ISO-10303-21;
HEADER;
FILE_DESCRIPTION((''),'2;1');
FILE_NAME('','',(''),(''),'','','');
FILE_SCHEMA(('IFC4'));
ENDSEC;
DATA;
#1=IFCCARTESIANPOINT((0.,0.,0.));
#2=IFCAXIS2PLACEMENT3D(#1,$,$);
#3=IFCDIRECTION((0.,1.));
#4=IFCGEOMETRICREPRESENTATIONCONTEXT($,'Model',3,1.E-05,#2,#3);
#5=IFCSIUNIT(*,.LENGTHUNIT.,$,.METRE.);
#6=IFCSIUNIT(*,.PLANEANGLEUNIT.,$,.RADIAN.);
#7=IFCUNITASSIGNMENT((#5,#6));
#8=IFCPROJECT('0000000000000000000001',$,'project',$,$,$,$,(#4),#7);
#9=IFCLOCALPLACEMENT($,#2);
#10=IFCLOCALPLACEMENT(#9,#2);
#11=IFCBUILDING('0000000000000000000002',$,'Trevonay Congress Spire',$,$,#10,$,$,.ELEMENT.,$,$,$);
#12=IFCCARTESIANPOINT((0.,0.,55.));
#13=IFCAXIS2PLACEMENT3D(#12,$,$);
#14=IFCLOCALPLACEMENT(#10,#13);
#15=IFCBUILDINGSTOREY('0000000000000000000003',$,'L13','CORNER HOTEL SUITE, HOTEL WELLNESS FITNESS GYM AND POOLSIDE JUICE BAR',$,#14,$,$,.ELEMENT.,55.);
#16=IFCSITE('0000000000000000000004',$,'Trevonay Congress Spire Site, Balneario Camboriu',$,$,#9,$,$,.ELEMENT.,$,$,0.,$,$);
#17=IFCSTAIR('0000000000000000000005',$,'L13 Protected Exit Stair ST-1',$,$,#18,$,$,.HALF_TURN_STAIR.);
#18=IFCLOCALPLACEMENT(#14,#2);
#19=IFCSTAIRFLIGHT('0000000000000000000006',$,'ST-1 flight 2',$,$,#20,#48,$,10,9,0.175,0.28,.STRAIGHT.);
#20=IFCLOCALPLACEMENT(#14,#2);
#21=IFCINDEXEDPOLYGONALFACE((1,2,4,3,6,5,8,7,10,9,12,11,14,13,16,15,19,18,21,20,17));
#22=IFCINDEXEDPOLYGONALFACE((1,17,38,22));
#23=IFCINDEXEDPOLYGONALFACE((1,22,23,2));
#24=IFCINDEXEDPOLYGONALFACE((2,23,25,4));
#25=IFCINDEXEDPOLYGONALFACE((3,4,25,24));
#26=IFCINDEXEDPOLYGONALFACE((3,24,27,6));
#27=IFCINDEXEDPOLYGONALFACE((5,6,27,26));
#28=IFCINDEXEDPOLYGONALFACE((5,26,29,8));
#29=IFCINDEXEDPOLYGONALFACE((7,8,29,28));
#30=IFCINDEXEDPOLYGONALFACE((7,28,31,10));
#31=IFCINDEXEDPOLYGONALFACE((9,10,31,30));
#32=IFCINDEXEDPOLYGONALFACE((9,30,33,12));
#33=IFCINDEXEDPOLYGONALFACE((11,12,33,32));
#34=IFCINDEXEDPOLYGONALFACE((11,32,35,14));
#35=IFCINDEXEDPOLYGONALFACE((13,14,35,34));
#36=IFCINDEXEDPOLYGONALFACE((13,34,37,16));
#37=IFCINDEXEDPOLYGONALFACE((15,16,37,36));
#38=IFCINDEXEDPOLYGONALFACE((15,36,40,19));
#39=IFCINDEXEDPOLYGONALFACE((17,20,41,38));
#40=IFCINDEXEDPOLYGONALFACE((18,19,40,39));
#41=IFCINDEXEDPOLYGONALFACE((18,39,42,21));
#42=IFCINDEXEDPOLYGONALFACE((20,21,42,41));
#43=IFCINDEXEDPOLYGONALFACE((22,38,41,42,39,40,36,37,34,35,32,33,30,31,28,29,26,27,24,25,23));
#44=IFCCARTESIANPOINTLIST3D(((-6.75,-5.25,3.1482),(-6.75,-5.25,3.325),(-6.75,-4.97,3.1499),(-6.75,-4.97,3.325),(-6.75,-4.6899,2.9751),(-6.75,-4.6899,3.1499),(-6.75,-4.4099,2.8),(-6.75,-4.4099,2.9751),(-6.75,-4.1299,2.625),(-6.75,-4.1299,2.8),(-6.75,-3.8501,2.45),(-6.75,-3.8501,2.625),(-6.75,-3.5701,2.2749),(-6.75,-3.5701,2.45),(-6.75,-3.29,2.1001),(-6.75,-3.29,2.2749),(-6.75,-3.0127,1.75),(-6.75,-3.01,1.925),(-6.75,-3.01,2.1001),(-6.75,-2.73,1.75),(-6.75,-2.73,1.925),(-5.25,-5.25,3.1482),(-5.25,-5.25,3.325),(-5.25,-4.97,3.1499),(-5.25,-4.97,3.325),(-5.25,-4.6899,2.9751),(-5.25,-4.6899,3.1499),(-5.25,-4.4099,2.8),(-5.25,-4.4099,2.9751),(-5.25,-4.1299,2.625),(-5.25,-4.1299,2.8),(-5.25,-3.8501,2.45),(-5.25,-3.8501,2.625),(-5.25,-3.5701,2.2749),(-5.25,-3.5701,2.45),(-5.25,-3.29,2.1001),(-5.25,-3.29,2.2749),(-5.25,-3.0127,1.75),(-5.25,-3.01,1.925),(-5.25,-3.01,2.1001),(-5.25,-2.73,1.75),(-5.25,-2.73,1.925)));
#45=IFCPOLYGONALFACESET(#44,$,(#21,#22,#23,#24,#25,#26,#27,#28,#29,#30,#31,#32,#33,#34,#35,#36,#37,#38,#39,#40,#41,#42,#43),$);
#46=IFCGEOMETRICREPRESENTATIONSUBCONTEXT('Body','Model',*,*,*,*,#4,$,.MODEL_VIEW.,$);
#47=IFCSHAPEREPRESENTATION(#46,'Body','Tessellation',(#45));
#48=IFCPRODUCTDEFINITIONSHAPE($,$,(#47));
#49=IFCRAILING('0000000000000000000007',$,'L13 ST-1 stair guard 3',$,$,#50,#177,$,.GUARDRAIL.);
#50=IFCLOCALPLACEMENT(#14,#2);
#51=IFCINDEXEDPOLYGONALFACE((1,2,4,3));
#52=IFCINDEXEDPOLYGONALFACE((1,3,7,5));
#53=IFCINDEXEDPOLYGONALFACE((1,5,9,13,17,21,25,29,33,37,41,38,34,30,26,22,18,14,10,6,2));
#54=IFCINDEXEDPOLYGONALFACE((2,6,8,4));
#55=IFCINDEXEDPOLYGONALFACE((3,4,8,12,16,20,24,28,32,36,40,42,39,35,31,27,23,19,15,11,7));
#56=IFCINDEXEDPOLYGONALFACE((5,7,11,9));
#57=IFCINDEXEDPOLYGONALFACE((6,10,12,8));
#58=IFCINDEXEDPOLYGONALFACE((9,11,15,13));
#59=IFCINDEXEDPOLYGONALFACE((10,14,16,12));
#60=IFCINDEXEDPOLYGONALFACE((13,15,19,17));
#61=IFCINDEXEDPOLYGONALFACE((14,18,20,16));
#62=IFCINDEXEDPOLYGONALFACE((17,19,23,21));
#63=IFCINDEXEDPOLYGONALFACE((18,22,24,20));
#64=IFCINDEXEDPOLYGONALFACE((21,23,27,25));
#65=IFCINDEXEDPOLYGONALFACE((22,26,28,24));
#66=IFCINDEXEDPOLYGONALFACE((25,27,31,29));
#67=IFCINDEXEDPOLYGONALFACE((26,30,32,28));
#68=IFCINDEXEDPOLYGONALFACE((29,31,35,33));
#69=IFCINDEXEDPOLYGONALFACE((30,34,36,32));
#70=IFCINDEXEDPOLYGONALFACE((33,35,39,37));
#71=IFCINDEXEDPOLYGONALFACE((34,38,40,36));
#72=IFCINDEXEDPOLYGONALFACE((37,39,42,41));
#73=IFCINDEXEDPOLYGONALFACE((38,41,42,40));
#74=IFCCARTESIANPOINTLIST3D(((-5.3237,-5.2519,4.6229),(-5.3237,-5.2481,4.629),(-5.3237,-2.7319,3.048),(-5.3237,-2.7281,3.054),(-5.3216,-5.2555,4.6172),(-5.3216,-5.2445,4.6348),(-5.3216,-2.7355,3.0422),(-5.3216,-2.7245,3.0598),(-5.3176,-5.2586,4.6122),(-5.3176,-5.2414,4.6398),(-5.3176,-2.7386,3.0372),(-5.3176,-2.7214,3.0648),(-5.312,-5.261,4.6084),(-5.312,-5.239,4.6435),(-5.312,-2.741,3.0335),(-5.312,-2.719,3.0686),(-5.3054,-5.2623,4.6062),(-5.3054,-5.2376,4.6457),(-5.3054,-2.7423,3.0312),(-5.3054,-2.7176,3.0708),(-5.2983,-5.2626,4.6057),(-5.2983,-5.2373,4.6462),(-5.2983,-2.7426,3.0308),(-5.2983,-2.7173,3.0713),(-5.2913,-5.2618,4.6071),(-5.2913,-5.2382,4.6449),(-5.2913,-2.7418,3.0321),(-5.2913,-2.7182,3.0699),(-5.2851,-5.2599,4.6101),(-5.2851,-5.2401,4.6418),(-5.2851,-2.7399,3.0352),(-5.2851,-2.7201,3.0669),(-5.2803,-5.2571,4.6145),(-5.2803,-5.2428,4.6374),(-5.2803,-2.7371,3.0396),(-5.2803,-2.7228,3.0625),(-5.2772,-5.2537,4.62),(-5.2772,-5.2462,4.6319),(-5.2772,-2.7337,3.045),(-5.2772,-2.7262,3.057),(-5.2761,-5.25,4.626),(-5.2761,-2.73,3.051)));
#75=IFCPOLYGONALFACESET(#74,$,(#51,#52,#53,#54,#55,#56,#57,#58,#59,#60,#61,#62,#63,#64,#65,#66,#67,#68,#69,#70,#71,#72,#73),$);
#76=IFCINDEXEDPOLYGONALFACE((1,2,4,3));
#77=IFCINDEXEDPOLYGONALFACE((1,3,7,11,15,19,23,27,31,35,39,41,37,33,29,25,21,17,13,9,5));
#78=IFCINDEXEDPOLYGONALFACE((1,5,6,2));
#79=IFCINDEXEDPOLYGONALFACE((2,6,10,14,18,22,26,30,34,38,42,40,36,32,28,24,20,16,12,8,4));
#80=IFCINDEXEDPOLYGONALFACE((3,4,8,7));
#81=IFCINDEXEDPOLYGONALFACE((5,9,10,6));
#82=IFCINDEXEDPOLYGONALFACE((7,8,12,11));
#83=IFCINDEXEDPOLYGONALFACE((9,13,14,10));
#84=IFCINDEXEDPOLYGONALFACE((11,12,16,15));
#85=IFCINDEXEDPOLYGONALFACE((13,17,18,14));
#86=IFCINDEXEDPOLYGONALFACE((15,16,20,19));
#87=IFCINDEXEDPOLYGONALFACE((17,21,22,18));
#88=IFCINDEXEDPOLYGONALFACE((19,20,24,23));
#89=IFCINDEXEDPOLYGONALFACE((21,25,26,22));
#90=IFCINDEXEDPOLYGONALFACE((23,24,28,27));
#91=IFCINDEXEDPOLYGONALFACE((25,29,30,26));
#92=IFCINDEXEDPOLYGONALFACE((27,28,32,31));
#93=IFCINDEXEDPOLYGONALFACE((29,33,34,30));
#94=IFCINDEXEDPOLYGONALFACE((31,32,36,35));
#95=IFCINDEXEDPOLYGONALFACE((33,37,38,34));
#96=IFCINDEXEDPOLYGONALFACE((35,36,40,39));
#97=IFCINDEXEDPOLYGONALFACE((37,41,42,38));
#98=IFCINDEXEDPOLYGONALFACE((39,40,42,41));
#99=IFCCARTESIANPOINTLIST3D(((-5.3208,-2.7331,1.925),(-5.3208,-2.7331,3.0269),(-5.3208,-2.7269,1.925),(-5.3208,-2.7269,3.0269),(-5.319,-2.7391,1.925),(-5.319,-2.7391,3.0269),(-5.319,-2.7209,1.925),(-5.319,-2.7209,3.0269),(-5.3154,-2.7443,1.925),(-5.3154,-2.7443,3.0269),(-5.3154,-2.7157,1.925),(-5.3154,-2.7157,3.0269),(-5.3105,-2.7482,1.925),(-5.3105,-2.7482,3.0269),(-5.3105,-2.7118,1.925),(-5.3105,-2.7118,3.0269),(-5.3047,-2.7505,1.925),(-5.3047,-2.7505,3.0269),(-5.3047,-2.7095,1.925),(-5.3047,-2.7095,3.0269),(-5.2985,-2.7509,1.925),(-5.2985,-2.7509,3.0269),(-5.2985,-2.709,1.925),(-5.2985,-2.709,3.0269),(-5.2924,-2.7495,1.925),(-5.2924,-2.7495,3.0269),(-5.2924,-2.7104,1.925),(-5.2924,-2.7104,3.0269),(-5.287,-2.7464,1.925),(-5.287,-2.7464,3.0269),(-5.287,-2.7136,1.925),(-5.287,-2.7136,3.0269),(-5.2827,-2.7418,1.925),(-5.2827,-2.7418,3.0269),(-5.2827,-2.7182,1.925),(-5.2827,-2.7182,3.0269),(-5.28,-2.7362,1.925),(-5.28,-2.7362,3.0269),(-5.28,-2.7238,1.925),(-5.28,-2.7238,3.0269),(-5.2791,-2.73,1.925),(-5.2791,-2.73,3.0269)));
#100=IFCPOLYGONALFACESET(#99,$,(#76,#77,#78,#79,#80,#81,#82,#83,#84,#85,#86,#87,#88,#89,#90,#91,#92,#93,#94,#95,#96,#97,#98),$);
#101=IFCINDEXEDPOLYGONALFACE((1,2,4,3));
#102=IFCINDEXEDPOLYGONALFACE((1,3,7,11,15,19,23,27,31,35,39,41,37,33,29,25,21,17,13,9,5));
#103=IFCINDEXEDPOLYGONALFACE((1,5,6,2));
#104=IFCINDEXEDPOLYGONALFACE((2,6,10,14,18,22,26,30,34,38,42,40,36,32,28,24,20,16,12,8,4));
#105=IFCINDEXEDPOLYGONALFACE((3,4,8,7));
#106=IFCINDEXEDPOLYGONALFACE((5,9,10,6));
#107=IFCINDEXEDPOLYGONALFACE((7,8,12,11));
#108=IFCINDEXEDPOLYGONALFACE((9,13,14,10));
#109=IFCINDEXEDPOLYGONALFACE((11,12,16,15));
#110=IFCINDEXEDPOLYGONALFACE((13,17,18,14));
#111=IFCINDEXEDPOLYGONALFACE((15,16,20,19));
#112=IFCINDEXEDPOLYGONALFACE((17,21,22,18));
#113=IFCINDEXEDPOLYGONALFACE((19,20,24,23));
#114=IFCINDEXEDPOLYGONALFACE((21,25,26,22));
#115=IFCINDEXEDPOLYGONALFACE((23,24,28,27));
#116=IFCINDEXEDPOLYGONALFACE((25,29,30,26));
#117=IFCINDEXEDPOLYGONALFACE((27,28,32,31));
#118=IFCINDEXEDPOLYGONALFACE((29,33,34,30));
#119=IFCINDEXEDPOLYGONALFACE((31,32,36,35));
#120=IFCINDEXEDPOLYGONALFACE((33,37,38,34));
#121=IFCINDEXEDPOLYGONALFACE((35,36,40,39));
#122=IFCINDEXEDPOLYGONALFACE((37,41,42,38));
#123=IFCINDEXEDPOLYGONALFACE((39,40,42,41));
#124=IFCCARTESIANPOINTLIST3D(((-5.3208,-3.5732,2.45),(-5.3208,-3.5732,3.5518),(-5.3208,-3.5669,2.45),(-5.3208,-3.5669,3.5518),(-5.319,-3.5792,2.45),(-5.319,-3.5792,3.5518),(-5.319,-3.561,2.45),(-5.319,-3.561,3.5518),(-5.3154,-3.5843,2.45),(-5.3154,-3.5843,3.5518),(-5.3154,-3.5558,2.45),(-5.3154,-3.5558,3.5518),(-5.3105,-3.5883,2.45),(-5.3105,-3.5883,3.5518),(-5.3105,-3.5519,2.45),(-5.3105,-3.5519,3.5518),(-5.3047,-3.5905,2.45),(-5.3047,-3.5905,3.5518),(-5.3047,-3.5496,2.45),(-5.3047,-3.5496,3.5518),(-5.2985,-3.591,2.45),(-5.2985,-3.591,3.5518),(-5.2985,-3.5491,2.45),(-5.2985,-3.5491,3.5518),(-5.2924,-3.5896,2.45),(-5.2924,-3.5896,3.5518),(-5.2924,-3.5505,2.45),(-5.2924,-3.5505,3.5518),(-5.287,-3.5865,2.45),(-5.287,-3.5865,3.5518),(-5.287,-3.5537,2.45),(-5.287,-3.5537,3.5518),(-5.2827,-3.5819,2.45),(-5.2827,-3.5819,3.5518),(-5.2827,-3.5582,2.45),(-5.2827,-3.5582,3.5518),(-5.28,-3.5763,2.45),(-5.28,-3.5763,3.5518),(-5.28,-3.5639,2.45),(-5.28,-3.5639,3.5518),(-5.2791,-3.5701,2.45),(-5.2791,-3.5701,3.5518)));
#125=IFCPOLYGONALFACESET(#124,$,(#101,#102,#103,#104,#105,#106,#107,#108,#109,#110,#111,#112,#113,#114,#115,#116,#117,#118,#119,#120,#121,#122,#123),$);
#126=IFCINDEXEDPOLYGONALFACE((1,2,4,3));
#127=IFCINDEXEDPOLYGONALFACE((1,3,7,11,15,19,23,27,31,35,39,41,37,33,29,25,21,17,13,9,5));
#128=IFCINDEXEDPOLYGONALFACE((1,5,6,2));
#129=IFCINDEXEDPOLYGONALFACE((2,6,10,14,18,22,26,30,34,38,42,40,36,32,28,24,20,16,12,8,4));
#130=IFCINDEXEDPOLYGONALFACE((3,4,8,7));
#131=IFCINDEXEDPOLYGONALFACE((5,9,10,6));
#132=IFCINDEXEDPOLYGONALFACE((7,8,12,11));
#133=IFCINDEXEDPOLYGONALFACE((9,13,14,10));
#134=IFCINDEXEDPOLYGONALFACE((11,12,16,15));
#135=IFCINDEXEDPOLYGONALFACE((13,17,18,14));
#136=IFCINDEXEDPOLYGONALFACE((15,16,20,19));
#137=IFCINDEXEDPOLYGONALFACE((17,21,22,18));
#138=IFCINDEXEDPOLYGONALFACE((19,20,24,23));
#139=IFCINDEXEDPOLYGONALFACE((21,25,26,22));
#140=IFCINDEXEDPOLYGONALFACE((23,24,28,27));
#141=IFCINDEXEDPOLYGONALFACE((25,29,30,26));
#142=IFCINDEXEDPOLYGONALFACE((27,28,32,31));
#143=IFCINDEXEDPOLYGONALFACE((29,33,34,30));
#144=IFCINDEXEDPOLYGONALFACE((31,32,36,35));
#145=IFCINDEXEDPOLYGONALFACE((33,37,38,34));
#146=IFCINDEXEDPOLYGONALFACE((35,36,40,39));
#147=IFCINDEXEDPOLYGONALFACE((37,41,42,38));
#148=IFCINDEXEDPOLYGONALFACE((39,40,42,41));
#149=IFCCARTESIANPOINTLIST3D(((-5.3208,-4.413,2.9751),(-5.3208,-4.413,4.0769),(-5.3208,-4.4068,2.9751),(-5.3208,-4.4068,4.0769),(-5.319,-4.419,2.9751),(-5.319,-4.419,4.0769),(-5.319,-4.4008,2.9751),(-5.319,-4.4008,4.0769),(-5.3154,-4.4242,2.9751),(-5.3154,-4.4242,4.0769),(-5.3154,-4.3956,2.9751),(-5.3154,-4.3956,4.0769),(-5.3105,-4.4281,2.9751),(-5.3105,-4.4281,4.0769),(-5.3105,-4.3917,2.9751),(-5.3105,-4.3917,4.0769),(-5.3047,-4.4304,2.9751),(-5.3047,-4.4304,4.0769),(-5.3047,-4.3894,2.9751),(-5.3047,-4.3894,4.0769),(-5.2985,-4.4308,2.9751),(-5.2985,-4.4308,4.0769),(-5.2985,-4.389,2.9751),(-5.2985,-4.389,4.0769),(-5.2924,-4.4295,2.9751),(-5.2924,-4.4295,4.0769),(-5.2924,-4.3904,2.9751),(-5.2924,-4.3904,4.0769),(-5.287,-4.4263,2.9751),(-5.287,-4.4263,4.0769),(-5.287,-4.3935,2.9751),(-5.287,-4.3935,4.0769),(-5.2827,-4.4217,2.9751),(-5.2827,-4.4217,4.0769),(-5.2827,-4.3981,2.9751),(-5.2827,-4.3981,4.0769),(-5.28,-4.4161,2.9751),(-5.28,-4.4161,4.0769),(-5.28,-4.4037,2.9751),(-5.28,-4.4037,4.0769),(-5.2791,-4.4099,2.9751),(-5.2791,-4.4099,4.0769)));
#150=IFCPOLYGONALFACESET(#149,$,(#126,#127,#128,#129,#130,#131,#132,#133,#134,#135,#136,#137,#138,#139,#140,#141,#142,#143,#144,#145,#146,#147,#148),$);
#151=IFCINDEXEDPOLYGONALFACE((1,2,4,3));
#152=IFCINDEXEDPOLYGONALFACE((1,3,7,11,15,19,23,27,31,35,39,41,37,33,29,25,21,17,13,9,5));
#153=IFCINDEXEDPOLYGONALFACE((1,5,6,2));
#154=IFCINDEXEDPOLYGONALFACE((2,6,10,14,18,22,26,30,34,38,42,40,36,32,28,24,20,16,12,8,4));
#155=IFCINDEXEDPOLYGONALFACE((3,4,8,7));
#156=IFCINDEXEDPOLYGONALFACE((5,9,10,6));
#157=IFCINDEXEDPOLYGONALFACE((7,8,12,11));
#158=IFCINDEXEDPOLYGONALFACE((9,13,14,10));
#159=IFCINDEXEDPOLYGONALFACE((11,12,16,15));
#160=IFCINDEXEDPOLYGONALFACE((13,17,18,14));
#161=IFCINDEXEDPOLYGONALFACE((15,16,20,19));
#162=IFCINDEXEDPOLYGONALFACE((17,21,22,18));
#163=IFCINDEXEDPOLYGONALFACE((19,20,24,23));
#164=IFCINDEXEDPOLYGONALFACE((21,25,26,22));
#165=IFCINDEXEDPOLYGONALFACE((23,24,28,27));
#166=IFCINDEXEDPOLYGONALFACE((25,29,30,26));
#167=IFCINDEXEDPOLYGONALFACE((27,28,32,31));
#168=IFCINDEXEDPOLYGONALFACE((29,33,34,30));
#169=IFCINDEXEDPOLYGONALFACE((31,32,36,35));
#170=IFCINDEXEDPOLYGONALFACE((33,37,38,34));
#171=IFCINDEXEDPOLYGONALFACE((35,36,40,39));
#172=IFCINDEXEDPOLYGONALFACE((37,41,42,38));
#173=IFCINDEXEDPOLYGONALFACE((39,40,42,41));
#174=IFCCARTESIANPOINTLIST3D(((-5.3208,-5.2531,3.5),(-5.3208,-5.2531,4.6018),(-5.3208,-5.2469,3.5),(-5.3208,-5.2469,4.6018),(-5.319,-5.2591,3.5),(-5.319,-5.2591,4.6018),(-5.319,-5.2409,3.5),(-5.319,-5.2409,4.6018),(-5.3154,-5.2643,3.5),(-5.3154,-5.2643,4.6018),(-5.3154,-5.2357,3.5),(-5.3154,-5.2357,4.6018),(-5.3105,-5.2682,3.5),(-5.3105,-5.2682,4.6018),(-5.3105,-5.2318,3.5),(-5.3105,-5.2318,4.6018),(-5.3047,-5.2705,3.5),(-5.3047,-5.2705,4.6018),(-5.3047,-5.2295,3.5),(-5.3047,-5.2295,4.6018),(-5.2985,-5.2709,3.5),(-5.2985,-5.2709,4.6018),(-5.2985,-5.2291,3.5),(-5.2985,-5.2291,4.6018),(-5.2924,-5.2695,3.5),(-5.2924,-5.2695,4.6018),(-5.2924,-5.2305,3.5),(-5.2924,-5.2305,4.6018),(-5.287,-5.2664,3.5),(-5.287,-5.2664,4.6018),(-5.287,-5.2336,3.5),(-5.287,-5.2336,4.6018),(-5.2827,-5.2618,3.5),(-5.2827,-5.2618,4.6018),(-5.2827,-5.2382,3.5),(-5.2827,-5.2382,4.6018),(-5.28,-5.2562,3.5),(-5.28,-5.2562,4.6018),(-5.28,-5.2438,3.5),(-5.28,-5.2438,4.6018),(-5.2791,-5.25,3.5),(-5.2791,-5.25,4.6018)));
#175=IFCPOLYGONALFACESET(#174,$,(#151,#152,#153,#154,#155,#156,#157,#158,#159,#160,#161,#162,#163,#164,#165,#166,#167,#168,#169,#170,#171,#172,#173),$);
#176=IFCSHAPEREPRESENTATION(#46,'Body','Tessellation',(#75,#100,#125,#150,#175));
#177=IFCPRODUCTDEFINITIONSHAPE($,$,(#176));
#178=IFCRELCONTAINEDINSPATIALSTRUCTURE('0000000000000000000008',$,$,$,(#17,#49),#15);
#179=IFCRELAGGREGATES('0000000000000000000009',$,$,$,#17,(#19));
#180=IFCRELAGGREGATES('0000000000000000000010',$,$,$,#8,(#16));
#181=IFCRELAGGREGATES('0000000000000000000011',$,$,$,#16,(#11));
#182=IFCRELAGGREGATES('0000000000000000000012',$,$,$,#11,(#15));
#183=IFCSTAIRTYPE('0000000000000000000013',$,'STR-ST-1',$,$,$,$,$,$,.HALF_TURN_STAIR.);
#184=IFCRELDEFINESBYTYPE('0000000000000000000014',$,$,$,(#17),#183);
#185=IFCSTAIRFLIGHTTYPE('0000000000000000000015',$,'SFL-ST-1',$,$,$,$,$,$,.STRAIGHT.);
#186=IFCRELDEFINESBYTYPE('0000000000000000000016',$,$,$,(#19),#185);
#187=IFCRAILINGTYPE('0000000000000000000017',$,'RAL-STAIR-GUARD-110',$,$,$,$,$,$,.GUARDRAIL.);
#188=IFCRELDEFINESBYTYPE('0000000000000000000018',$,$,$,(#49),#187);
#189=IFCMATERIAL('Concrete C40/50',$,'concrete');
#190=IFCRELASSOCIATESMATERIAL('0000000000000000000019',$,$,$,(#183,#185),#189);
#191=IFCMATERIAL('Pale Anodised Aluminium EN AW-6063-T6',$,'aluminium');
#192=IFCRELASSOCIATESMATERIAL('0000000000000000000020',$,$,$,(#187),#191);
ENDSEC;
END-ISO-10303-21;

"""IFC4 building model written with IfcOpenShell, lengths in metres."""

from ifc_helpers import new_model, si_unit, direction, frame, origin, origin_2d, place, context, subcontext, project, spatial, polyline, circle, outline, extrude, material, type_object, element, aggregate, save


model = new_model("IFC4")

# Units and contexts
model_context = context("Model", 3, precision=1e-05, world=origin(), true_north=direction((0.0, 1.0)))
body_context = subcontext(model_context, "Body", "Model", "MODEL_VIEW")
ifc_project = project(units=[si_unit("LENGTHUNIT", "METRE"), si_unit("PLANEANGLEUNIT", "RADIAN")], contexts=[model_context])

# Site, building, storey
site_placement = place(None, origin())
site = spatial("IfcSite", under=ifc_project, at=site_placement, Name="Trevonay Congress Spire Site, Balneario Camboriu", CompositionType="ELEMENT", RefElevation=0.0)
building_placement = place(site_placement, origin())
building = spatial("IfcBuilding", under=site, at=building_placement, Name="Trevonay Congress Spire", CompositionType="ELEMENT")
storey_placement = place(building_placement, frame((0.0, 0.0, 55.0)))
storey = spatial("IfcBuildingStorey", under=building, at=storey_placement, Name="L13", Description="CORNER HOTEL SUITE, HOTEL WELLNESS FITNESS GYM AND POOLSIDE JUICE BAR", CompositionType="ELEMENT", Elevation=55.0)

# Shared definitions
ifc_material_1 = material(Name="Pale Anodised Aluminium EN AW-6063-T6", Category="aluminium")

# Stair, stair flight
ifc_material_2 = material(Name="Concrete C40/50", Category="concrete")
stair_type = type_object("IfcStairType", Name="STR-ST-1", PredefinedType="HALF_TURN_STAIR", material=ifc_material_2)
stair_placement = place(storey_placement, origin())
stair = element("IfcStair", 1, at=stair_placement, inside=storey, type_object=stair_type, Name="L13 Protected Exit Stair ST-1", PredefinedType="HALF_TURN_STAIR")
stair_flight_type = type_object("IfcStairFlightType", Name="SFL-ST-1", PredefinedType="STRAIGHT", material=ifc_material_2)
stair_flight_placement = place(storey_placement, frame((-6.0, -2.73, 1.75), z_axis=(0.0, 0.0, 1.0), x_axis=(0.0, -1.0, 0.0)))
stair_flight = element("IfcStairFlight", 2, at=stair_flight_placement, type_object=stair_flight_type, Name="ST-1 flight 2", NumberOfRisers=10, NumberOfTreads=9, PredefinedType="STRAIGHT", RiserHeight=0.175, TreadLength=0.28, context=body_context, shape_type="SweptSolid", body=[
    extrude(outline(polyline([(0.0, 0.0), (0.0, 0.175), (0.28, 0.175), (0.28, 0.3501), (0.5601, 0.3501), (0.5601, 0.5249), (0.8401, 0.5249), (0.8401, 0.7), (1.1201, 0.7), (1.1201, 0.875), (1.3999, 0.875), (1.3999, 1.05), (1.6799, 1.05), (1.6799, 1.2251), (1.96, 1.2251), (1.96, 1.3999), (2.24, 1.3999), (2.24, 1.575), (2.52, 1.575), (2.52, 1.75), (2.52, 1.3982), (0.2827, 0.0), (0.0, 0.0)])), frame((0.0, 0.75, 0.0), z_axis=(0.0, -1.0, 0.0), x_axis=(1.0, 0.0, 0.0)), (0.0, 0.0, 1.0), 1.5),
])
aggregate(stair, [stair_flight])

# Railing
railing_type_1 = type_object("IfcRailingType", Name="RAL-STAIR-GUARD-110", PredefinedType="GUARDRAIL", material=ifc_material_1)
railing_1_placement = place(storey_placement, frame((-5.3, -2.73, 1.925)))
element("IfcRailing", 3, at=railing_1_placement, inside=storey, type_object=railing_type_1, Name="L13 ST-1 stair guard 3", PredefinedType="GUARDRAIL", context=body_context, shape_type="SweptSolid", body=[
    extrude(circle(Radius=0.0239, at=origin_2d()), frame((0.0, 0.0, 1.126), z_axis=(0.0, -0.848008, 0.529984), x_axis=(1.0, 0.0, 0.0)), (0.0, 0.0, 1.0), 2.9717),
    extrude(circle(Radius=0.021, at=origin_2d()), origin(), (0.0, 0.0, 1.0), 1.1018),
    extrude(circle(Radius=0.021, at=origin_2d()), frame((0.0, -0.8401, 0.5249)), (0.0, 0.0, 1.0), 1.1018),
    extrude(circle(Radius=0.021, at=origin_2d()), frame((0.0, -1.6799, 1.05)), (0.0, 0.0, 1.0), 1.1018),
    extrude(circle(Radius=0.021, at=origin_2d()), frame((0.0, -2.52, 1.575)), (0.0, 0.0, 1.0), 1.1018),
])

save(model, "model.ifc")
